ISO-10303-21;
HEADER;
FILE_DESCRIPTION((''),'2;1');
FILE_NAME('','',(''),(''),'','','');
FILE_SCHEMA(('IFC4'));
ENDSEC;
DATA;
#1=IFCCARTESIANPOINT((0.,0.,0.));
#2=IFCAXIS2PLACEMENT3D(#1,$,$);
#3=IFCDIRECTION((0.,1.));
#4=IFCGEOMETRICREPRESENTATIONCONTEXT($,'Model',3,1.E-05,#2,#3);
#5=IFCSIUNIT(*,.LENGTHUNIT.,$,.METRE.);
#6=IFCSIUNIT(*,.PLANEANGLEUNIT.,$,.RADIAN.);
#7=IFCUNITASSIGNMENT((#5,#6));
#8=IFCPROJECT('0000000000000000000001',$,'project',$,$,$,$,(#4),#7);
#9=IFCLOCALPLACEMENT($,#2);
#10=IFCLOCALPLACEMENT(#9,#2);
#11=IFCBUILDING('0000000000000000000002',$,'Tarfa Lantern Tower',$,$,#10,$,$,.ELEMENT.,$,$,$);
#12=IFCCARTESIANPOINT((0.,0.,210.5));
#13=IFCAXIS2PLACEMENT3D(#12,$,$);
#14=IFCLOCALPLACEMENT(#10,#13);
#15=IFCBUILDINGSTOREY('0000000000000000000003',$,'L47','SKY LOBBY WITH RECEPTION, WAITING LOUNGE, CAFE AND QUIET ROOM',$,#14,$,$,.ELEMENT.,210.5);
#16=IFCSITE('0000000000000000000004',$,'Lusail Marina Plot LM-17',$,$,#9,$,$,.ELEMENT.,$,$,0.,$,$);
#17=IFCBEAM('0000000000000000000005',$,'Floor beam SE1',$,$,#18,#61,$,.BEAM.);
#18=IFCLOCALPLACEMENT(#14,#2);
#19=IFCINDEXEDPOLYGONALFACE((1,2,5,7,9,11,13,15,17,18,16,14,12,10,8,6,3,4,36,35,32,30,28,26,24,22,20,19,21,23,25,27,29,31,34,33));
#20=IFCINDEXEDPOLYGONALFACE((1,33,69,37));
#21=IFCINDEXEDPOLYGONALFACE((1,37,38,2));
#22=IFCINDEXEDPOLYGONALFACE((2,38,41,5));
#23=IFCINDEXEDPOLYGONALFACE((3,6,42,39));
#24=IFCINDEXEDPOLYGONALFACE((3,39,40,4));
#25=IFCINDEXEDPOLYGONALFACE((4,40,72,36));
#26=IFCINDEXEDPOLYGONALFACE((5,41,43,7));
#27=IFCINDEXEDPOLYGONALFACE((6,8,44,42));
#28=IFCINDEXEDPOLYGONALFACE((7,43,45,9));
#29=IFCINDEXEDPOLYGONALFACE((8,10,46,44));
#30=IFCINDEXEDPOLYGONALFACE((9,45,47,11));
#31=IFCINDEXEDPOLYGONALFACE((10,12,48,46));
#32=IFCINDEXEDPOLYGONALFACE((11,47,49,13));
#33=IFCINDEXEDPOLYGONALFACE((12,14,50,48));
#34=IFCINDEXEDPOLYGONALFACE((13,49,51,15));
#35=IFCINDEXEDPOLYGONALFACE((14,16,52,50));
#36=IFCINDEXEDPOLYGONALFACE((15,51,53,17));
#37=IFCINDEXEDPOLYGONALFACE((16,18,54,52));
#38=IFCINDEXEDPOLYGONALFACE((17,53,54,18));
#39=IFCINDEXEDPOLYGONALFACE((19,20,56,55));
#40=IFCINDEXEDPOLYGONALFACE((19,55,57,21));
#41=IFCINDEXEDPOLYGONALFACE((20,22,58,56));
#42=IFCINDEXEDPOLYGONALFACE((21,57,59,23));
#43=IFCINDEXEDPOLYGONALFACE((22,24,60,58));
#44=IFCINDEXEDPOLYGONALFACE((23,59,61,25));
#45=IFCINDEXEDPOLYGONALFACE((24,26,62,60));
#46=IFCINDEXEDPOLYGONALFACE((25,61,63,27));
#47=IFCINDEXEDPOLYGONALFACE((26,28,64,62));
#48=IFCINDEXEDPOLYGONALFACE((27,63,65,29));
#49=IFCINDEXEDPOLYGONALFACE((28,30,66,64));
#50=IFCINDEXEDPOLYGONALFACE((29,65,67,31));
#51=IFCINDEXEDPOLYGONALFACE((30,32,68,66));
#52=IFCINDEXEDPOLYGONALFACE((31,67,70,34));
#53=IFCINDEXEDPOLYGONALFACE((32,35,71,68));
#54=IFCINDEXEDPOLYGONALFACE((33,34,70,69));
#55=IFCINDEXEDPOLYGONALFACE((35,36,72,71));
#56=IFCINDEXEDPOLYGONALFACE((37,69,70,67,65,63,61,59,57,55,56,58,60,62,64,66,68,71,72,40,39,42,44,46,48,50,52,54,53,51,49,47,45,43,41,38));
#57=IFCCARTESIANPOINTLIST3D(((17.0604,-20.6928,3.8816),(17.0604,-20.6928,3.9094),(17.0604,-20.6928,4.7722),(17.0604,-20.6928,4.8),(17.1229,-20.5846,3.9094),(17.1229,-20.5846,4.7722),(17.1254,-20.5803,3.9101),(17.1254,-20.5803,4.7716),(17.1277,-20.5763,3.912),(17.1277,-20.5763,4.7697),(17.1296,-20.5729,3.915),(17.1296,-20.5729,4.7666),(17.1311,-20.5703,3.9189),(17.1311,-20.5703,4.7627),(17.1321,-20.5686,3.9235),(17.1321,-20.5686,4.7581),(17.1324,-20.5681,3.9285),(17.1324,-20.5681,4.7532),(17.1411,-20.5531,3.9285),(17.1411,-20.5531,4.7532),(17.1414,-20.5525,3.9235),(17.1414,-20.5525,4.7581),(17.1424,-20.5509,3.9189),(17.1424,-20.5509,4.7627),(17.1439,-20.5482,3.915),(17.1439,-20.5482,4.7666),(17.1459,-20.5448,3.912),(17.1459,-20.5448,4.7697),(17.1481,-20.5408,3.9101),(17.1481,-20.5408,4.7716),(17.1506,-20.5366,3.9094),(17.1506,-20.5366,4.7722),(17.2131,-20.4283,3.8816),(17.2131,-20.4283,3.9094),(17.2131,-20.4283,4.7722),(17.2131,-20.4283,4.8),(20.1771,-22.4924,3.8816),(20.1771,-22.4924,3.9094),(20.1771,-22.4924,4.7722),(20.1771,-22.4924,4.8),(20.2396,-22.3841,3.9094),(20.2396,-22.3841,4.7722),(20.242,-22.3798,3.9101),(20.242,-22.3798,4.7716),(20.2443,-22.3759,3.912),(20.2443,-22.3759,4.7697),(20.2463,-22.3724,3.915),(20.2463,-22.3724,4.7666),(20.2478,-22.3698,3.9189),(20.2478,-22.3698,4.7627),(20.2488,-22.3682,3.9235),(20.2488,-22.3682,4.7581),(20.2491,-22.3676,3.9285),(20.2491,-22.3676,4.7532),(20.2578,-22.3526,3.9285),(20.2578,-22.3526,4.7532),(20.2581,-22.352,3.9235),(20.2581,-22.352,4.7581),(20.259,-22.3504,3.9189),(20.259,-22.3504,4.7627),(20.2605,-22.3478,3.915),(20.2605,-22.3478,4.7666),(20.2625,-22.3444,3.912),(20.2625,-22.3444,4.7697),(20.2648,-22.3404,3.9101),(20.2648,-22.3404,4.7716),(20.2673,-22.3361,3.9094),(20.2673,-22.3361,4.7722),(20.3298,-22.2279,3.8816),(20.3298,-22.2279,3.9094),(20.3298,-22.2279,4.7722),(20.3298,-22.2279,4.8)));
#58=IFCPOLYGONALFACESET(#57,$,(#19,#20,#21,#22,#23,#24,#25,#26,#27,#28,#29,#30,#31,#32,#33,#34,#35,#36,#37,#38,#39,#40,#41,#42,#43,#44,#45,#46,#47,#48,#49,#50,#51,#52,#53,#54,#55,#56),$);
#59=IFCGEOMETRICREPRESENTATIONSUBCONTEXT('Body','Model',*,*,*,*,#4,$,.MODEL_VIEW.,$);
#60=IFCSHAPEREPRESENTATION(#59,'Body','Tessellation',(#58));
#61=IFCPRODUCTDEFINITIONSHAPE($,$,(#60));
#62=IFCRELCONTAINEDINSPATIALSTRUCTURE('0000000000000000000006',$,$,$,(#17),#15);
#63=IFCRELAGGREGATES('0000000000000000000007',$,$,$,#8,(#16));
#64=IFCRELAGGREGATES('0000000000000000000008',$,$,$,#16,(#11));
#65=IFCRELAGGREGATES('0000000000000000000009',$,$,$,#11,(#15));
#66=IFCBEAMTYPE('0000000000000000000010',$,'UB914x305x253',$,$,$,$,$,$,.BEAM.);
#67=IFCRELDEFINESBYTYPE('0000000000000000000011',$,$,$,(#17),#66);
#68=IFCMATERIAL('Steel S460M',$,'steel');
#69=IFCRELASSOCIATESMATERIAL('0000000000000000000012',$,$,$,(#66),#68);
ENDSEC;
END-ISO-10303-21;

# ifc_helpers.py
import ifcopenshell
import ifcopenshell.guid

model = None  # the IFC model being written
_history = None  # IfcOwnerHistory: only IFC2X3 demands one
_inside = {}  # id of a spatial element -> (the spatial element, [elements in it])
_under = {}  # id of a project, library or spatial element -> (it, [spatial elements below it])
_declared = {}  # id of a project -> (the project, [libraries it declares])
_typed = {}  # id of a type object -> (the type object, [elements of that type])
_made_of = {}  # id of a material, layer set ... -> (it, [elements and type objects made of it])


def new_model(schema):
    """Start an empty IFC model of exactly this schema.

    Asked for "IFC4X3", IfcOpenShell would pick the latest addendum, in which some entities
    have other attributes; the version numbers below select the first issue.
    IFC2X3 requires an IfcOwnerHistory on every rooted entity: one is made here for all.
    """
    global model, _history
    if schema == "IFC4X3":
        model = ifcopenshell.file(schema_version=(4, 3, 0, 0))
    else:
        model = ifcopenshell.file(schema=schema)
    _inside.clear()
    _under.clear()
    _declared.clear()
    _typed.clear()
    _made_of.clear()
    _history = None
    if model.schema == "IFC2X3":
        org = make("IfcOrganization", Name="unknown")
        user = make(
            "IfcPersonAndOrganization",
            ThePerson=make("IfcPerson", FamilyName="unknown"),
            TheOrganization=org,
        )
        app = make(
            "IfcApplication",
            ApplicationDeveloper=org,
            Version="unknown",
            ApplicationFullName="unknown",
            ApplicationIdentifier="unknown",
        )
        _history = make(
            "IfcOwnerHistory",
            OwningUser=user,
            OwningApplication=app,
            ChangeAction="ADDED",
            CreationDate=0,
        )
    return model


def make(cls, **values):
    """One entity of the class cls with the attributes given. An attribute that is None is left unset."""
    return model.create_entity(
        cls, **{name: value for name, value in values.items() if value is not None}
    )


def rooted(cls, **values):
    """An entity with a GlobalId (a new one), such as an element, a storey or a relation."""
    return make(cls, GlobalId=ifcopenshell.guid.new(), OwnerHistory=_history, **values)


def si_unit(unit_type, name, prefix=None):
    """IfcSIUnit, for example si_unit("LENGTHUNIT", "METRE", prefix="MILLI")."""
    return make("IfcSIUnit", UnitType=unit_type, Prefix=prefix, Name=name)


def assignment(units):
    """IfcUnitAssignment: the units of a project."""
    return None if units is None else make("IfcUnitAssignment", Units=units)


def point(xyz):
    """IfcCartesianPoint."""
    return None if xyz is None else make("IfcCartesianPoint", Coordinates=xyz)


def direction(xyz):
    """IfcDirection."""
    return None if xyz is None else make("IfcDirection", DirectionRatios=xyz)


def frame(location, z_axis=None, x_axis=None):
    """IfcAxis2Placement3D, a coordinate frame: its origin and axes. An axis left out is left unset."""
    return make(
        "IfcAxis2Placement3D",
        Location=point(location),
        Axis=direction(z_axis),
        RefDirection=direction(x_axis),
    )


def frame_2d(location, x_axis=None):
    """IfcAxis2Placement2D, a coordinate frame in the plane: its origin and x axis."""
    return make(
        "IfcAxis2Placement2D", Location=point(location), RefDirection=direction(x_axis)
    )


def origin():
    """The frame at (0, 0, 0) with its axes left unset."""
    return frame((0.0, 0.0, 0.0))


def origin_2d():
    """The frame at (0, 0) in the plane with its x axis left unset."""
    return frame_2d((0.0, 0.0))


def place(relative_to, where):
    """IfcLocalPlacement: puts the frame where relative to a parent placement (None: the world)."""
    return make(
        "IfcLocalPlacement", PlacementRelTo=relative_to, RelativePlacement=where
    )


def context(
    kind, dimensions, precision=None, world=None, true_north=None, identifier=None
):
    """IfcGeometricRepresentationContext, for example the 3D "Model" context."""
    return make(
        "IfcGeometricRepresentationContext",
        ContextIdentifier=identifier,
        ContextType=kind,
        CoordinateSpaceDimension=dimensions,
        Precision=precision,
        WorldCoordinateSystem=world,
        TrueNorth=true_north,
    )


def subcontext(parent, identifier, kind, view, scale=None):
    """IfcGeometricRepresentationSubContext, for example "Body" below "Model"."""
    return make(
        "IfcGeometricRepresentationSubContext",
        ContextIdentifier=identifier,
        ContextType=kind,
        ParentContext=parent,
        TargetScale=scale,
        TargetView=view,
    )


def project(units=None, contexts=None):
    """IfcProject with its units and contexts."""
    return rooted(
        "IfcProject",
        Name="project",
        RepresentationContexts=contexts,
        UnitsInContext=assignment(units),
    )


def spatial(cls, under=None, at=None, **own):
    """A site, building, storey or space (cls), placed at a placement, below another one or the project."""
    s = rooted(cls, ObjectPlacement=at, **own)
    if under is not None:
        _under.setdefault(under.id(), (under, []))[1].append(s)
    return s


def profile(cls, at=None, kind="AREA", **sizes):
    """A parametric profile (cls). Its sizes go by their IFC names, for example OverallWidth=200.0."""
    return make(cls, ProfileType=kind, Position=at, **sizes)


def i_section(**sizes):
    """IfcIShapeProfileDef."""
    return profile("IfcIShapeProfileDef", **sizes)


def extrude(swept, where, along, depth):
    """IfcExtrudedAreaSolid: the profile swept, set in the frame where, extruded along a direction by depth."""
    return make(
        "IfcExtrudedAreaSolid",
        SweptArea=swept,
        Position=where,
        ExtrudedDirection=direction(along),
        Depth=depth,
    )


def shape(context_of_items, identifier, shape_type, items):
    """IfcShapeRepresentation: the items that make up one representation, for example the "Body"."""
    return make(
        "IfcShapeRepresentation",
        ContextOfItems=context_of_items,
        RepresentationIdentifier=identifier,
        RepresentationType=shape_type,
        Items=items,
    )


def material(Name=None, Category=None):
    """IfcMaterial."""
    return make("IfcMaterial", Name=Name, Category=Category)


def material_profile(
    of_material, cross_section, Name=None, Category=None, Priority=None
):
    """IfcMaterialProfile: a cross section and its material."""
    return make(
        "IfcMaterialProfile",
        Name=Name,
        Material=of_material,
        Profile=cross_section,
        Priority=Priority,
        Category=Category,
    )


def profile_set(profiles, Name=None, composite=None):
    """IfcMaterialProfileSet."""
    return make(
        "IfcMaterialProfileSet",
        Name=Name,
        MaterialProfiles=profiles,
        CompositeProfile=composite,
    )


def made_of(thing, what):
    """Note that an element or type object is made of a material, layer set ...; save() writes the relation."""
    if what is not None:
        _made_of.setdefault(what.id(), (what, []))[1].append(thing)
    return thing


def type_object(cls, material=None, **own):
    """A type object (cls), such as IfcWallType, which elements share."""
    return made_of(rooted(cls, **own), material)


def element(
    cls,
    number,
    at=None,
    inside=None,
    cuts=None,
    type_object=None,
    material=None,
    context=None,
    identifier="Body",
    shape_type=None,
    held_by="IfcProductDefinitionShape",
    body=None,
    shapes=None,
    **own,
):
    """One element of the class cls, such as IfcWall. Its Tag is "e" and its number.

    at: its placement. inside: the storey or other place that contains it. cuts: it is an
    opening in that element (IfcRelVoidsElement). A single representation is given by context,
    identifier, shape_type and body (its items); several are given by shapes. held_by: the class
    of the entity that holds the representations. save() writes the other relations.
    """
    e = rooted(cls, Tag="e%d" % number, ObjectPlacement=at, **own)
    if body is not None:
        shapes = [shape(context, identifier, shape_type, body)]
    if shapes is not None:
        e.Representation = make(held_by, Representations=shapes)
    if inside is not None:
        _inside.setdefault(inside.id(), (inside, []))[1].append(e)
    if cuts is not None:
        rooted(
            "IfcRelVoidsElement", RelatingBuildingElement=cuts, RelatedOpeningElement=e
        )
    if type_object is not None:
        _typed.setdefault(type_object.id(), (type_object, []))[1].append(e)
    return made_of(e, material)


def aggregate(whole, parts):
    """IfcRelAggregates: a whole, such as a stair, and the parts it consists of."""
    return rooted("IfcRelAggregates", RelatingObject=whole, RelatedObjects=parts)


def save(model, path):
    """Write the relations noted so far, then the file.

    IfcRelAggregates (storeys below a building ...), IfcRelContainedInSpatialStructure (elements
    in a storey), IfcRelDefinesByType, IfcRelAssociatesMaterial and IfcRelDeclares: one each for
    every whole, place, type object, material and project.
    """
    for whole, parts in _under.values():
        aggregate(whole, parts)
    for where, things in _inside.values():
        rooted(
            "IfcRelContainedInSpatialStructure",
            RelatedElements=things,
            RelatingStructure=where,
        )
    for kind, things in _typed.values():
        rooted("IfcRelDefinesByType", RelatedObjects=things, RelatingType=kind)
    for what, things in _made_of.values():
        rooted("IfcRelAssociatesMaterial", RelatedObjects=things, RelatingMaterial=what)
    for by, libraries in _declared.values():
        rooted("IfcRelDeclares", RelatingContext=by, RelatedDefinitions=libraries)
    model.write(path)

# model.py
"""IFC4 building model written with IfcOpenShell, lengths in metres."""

from ifc_helpers import new_model, si_unit, direction, frame, origin, origin_2d, place, context, subcontext, project, spatial, i_section, extrude, material, material_profile, profile_set, type_object, element, save


model = new_model("IFC4")

# Units and contexts
model_context = context("Model", 3, precision=1e-05, world=origin(), true_north=direction((0.0, 1.0)))
body_context = subcontext(model_context, "Body", "Model", "MODEL_VIEW")
ifc_project = project(units=[si_unit("LENGTHUNIT", "METRE"), si_unit("PLANEANGLEUNIT", "RADIAN")], contexts=[model_context])

# Site, building, storey
site_placement = place(None, origin())
site = spatial("IfcSite", under=ifc_project, at=site_placement, Name="Lusail Marina Plot LM-17", CompositionType="ELEMENT", RefElevation=0.0)
building_placement = place(site_placement, origin())
building = spatial("IfcBuilding", under=site, at=building_placement, Name="Tarfa Lantern Tower", CompositionType="ELEMENT")
storey_placement = place(building_placement, frame((0.0, 0.0, 210.5)))
storey = spatial("IfcBuildingStorey", under=building, at=storey_placement, Name="L47", Description="SKY LOBBY WITH RECEPTION, WAITING LOUNGE, CAFE AND QUIET ROOM", CompositionType="ELEMENT", Elevation=210.5)

# Shared definitions
ifc_material_1 = material(Name="Steel S460M", Category="steel")

# Beam
ifc_material_profile_1 = material_profile(ifc_material_1, i_section(OverallWidth=0.3054, OverallDepth=0.9185, WebThickness=0.0173, FlangeThickness=0.0278, FilletRadius=0.019, at=origin_2d()), Name="UB914x305x253")
ifc_profile_set_1 = profile_set([ifc_material_profile_1], Name="Steel S460M")
beam_type_1 = type_object("IfcBeamType", Name="UB914x305x253", PredefinedType="BEAM", material=ifc_profile_set_1)
beam_1_placement = place(storey_placement, frame((20.2534, -22.3601, 4.3408), z_axis=(-0.866009, 0.500028, 0.0), x_axis=(-0.500028, -0.866009, 0.0)))
element("IfcBeam", 1, at=beam_1_placement, inside=storey, type_object=beam_type_1, Name="Floor beam SE1", PredefinedType="BEAM", context=body_context, shape_type="SweptSolid", body=[
    extrude(i_section(OverallWidth=0.3054, OverallDepth=0.9185, WebThickness=0.0173, FlangeThickness=0.0278, FilletRadius=0.019, at=origin_2d()), origin(), (0.0, 0.0, 1.0), 3.5989),
])

save(model, "model.ifc")
